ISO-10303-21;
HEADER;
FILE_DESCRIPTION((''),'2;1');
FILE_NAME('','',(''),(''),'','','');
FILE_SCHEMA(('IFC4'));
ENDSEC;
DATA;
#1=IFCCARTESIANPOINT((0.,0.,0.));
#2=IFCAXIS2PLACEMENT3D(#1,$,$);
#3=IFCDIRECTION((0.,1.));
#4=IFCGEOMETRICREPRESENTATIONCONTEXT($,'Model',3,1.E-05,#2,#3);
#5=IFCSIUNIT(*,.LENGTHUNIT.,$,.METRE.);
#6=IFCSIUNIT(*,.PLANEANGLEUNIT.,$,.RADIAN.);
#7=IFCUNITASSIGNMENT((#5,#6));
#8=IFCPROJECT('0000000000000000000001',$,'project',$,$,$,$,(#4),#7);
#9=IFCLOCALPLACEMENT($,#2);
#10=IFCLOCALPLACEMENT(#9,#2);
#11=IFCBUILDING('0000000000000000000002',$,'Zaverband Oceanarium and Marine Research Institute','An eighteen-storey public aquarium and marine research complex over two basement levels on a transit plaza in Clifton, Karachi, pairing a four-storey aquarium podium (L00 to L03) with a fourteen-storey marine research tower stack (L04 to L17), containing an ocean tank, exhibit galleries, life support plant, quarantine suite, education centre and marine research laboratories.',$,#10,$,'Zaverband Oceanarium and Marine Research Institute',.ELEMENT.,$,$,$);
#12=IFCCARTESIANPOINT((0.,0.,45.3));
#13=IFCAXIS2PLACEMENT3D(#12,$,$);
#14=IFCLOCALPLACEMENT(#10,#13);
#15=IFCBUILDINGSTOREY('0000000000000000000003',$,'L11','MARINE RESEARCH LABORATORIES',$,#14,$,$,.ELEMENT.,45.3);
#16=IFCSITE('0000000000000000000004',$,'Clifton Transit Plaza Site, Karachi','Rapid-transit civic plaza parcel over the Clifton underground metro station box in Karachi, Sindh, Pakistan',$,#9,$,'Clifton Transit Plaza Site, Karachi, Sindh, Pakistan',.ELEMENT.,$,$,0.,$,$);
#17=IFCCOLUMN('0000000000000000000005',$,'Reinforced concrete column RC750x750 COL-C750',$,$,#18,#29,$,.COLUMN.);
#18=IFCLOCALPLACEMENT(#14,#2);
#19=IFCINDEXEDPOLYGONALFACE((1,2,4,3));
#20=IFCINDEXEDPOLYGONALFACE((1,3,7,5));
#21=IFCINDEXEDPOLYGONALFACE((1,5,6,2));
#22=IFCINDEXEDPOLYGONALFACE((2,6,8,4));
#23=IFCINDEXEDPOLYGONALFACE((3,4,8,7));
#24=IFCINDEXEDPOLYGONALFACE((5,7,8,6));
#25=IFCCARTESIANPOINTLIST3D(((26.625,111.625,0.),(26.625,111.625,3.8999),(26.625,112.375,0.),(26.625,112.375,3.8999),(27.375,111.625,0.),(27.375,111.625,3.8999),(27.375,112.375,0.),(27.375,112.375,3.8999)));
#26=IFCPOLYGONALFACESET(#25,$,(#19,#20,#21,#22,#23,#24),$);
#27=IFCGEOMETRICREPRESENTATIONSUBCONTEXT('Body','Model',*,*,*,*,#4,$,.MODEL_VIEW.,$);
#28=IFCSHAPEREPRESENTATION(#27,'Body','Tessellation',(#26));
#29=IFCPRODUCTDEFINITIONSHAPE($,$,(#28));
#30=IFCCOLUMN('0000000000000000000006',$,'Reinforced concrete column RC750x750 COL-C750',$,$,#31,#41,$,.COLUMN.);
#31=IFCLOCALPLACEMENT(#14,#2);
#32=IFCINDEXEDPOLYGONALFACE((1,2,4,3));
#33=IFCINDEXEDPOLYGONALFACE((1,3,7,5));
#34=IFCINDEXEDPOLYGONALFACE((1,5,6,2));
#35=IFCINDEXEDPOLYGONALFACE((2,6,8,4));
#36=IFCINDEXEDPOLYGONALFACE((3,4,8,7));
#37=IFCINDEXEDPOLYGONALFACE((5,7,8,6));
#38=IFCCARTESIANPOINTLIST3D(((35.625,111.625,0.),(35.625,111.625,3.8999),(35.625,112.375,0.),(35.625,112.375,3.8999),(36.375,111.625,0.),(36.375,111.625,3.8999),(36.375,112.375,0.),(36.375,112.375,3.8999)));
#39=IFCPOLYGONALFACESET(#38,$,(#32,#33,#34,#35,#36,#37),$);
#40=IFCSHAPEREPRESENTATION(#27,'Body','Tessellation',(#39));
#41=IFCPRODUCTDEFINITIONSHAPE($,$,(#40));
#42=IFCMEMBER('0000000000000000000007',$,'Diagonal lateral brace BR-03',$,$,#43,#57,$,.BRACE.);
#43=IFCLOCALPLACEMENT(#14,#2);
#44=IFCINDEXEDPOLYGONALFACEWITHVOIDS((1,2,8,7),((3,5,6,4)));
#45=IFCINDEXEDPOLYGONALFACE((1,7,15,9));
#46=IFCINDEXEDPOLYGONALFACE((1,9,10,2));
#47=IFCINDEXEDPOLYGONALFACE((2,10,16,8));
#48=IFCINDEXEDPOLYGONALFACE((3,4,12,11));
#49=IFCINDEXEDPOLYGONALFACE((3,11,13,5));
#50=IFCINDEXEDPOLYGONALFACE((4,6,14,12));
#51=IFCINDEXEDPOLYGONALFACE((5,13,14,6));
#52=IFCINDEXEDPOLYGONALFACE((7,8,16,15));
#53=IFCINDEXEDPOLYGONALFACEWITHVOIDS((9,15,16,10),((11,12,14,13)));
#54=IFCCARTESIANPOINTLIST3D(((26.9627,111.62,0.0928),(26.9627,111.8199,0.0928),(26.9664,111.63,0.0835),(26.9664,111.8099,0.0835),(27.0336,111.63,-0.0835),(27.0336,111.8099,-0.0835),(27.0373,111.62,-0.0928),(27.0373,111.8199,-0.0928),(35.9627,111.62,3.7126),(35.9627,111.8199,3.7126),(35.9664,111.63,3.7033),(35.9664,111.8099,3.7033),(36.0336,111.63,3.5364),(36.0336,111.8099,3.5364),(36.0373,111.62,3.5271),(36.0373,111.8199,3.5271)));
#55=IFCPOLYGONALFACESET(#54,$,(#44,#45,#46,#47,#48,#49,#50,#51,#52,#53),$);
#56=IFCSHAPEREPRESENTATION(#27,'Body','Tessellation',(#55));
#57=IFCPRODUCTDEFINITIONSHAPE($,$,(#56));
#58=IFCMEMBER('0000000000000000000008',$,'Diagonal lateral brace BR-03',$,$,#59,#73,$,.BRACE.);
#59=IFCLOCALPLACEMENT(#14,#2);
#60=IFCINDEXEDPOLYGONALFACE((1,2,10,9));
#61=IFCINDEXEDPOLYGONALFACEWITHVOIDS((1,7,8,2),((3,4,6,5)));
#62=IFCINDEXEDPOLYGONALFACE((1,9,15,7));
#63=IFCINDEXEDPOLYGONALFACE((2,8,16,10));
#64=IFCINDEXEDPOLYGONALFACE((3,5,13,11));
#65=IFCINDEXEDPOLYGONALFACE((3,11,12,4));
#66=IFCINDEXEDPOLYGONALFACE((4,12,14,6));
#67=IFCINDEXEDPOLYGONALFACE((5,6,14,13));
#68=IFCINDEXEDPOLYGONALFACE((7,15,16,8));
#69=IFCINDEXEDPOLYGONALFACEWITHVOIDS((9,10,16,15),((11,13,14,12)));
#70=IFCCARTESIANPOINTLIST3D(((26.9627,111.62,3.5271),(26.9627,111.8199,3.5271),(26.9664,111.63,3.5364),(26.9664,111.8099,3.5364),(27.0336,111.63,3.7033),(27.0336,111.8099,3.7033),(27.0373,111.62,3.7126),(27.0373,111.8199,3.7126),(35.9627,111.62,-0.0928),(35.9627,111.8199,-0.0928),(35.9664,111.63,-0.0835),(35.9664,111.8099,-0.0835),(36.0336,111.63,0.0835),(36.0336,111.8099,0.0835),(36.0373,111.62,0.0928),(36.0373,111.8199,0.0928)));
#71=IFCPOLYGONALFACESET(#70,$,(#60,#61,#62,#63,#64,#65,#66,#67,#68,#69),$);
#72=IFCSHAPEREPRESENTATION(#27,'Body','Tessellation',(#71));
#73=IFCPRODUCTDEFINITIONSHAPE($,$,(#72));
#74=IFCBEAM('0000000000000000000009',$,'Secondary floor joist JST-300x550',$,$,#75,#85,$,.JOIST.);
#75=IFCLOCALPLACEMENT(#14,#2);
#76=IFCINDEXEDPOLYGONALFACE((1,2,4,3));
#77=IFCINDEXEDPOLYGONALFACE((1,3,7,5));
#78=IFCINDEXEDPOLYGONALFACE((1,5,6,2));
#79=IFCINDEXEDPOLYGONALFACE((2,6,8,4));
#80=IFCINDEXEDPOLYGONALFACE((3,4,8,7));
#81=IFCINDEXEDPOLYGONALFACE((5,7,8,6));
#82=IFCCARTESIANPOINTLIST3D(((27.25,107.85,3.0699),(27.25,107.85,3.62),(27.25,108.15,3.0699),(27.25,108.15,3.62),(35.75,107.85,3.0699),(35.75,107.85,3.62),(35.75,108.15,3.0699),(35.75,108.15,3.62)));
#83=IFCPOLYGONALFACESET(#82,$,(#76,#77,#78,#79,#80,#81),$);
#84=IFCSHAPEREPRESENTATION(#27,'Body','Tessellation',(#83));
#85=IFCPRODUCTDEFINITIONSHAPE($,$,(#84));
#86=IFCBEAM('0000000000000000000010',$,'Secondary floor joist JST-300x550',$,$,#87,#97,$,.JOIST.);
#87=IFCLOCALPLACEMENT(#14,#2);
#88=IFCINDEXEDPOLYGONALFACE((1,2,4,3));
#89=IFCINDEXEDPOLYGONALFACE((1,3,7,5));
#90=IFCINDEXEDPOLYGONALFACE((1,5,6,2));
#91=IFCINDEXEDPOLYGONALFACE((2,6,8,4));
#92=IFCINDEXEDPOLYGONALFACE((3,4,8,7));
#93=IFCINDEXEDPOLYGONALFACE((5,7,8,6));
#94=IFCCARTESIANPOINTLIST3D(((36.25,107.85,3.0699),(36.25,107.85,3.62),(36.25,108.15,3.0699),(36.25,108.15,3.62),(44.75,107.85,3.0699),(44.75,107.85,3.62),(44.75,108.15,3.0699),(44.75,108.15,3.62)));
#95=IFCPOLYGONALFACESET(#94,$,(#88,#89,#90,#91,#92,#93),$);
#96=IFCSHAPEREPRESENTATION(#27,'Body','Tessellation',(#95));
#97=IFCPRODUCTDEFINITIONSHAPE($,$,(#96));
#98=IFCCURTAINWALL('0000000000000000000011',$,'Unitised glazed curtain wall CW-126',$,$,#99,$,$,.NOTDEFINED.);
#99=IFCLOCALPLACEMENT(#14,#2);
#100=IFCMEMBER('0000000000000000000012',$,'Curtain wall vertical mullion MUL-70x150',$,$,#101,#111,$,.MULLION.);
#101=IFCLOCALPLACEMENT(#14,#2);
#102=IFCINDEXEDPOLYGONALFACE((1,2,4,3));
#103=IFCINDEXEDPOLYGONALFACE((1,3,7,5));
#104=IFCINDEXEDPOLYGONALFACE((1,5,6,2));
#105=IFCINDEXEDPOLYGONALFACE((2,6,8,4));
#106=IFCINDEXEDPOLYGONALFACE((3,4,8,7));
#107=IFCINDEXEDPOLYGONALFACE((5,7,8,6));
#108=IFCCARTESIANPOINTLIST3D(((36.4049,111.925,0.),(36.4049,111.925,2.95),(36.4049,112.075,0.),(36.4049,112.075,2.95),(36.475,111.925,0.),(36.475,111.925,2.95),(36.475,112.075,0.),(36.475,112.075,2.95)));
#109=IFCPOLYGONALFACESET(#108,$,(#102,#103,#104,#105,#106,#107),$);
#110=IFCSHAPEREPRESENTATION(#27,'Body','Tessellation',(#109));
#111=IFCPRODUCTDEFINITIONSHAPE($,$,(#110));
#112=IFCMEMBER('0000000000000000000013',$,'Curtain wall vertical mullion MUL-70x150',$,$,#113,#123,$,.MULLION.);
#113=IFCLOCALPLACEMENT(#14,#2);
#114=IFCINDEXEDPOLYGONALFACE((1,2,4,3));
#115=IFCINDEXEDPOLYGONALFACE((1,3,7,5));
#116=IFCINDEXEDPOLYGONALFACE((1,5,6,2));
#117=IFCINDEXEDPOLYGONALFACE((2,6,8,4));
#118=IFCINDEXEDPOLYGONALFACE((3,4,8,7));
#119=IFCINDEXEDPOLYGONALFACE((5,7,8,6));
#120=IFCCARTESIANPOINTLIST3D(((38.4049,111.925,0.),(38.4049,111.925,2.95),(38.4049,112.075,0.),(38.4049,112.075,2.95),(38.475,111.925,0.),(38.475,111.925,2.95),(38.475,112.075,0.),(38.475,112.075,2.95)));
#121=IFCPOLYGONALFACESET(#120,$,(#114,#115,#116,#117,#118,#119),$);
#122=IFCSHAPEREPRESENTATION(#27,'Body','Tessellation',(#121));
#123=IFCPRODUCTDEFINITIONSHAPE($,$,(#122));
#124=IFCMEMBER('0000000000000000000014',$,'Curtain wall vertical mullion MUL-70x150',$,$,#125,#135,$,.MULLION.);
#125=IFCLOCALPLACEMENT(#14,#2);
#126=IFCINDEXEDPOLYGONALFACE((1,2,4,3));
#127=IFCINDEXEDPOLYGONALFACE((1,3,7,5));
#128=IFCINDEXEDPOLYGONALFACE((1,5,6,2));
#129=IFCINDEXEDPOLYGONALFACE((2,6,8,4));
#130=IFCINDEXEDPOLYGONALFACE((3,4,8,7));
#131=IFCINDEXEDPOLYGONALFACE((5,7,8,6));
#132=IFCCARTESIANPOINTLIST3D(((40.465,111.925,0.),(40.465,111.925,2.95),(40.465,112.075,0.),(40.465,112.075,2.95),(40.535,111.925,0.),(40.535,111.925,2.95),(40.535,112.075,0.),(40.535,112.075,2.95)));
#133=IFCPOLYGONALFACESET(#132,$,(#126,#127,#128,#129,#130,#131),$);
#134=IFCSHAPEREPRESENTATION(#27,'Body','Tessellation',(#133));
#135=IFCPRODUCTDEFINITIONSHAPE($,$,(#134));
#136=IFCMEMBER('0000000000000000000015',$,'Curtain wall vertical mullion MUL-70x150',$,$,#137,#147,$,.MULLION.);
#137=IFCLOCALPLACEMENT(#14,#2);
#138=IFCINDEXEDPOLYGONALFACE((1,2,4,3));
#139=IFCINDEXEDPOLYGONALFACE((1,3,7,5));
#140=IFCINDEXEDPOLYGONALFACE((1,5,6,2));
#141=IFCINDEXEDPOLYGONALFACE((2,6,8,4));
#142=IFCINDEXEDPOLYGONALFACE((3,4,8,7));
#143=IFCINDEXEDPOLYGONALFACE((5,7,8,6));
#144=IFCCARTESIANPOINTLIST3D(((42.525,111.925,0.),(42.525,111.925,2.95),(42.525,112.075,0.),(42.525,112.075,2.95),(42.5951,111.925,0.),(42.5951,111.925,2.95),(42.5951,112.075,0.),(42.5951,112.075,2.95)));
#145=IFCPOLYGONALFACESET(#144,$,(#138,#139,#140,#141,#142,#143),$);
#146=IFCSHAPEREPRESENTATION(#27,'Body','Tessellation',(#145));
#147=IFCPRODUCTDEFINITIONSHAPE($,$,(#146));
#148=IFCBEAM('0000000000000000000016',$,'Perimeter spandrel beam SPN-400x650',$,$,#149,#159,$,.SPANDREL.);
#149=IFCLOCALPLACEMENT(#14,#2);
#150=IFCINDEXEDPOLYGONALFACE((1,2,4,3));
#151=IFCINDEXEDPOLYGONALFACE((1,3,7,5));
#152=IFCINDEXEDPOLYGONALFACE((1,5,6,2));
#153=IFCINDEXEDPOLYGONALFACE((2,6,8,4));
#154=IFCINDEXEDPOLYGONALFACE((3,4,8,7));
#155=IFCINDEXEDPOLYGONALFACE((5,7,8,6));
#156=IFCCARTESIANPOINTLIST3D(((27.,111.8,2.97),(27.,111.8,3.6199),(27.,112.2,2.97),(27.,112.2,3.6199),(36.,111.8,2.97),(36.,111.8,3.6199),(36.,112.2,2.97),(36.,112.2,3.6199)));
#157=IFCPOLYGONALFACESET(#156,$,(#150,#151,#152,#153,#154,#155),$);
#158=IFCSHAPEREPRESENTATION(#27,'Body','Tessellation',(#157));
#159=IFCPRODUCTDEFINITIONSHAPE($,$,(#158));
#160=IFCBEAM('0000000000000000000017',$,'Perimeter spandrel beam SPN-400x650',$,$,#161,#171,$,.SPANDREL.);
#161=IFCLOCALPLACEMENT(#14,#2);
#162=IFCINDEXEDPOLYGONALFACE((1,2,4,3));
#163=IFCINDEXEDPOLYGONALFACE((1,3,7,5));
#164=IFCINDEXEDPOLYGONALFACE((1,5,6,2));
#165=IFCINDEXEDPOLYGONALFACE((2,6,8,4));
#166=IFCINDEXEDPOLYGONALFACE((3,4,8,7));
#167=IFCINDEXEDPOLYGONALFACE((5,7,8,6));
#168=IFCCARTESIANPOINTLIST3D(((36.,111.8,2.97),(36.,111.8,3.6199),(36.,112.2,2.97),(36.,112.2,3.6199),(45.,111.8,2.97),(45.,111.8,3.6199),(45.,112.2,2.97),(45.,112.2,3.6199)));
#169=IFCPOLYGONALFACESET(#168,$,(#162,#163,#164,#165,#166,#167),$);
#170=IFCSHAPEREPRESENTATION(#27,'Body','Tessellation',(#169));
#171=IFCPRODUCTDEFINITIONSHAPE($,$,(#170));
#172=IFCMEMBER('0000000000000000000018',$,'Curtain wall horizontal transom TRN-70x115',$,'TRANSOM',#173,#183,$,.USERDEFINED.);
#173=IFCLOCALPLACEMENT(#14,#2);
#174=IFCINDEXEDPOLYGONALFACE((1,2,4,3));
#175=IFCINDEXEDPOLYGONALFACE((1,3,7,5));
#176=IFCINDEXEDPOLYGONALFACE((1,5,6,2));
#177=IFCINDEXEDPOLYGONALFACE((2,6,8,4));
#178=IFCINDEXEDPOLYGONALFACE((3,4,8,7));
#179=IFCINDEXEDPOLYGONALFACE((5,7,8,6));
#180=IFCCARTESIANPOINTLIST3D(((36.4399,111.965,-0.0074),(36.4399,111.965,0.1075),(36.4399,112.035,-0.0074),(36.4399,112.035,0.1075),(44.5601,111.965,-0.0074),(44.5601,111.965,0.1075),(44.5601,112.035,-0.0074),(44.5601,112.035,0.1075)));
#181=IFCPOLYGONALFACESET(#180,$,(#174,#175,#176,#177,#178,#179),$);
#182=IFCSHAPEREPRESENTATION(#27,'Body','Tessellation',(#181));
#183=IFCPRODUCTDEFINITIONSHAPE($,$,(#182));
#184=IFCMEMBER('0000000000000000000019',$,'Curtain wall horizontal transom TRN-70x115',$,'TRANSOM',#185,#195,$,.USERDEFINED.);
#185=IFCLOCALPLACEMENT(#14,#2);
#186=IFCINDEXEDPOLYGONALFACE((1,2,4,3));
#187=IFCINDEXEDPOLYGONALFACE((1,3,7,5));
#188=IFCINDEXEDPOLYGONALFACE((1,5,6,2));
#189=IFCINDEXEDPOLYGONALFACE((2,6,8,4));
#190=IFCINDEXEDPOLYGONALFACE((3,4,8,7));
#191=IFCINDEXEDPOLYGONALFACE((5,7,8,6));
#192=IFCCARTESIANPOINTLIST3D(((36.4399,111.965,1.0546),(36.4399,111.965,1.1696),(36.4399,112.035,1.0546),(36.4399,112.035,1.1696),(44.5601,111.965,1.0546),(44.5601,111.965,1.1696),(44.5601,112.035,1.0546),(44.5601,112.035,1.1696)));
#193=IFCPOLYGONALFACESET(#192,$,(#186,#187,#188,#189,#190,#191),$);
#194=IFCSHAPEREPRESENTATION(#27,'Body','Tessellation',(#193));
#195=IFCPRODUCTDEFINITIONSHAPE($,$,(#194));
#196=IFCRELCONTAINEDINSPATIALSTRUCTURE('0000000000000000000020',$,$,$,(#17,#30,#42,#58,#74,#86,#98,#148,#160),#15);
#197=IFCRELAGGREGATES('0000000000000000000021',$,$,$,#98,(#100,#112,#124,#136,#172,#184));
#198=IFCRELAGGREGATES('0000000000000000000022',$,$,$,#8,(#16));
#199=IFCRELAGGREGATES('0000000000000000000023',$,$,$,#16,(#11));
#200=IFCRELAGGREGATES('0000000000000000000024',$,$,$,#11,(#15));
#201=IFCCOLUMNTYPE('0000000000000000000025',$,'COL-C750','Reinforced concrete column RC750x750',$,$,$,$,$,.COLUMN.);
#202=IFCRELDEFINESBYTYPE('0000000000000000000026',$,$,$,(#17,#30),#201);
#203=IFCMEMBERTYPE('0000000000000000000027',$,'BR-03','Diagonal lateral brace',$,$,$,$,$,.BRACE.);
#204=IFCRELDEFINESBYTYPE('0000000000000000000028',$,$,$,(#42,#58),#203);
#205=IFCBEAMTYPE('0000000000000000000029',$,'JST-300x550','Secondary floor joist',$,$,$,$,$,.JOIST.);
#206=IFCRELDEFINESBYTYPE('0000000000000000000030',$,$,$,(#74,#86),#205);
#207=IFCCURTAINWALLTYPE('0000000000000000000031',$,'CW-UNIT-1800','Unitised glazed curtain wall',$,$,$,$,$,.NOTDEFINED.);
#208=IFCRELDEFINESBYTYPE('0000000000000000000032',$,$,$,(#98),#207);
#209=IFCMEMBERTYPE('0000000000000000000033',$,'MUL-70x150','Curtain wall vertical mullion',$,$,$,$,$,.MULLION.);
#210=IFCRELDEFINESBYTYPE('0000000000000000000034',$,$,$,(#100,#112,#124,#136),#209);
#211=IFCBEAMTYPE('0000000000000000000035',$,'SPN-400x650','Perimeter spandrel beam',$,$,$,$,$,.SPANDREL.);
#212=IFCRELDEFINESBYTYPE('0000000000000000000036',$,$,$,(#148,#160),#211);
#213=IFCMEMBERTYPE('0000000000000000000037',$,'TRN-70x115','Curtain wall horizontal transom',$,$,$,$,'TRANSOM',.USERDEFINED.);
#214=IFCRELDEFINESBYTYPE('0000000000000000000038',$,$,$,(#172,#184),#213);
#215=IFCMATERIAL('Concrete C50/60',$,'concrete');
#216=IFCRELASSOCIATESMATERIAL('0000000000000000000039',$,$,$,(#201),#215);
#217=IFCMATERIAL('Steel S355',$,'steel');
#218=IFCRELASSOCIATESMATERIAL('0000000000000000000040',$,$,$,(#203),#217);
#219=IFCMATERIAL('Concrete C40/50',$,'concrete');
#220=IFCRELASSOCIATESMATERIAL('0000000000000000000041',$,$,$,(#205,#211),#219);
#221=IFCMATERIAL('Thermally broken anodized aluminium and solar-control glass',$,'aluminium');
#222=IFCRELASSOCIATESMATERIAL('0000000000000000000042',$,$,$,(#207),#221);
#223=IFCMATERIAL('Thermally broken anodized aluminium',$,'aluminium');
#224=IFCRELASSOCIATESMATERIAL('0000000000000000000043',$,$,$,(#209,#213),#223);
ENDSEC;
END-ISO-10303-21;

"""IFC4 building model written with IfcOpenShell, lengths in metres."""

from ifc_helpers import new_model, si_unit, direction, frame, origin, origin_2d, place, context, subcontext, project, spatial, rectangle, hollow_rectangle, extrude, material, material_profile, profile_set, type_object, element, aggregate, save


model = new_model("IFC4")

# Units and contexts
model_context = context("Model", 3, precision=1e-05, world=origin(), true_north=direction((0.0, 1.0)))
body_context = subcontext(model_context, "Body", "Model", "MODEL_VIEW")
ifc_project = project(units=[si_unit("LENGTHUNIT", "METRE"), si_unit("PLANEANGLEUNIT", "RADIAN")], contexts=[model_context])

# Site, building, storey
site_placement = place(None, origin())
site = spatial("IfcSite", under=ifc_project, at=site_placement, Name="Clifton Transit Plaza Site, Karachi", Description="Rapid-transit civic plaza parcel over the Clifton underground metro station box in Karachi, Sindh, Pakistan", LongName="Clifton Transit Plaza Site, Karachi, Sindh, Pakistan", CompositionType="ELEMENT", RefElevation=0.0)
building_placement = place(site_placement, origin())
building = spatial("IfcBuilding", under=site, at=building_placement, Name="Zaverband Oceanarium and Marine Research Institute", Description="An eighteen-storey public aquarium and marine research complex over two basement levels on a transit plaza in Clifton, Karachi, pairing a four-storey aquarium podium (L00 to L03) with a fourteen-storey marine research tower stack (L04 to L17), containing an ocean tank, exhibit galleries, life support plant, quarantine suite, education centre and marine research laboratories.", LongName="Zaverband Oceanarium and Marine Research Institute", CompositionType="ELEMENT")
storey_placement = place(building_placement, frame((0.0, 0.0, 45.3)))
storey = spatial("IfcBuildingStorey", under=building, at=storey_placement, Name="L11", Description="MARINE RESEARCH LABORATORIES", CompositionType="ELEMENT", Elevation=45.3)

# Columns
ifc_material_1 = material(Name="Concrete C50/60", Category="concrete")
ifc_material_profile_1 = material_profile(ifc_material_1, rectangle(XDim=0.75, YDim=0.75, at=origin_2d()), Name="RC750x750")
ifc_profile_set_1 = profile_set([ifc_material_profile_1], Name="Concrete C50/60")
column_type = type_object("IfcColumnType", Name="COL-C750", Description="Reinforced concrete column RC750x750", PredefinedType="COLUMN", material=ifc_profile_set_1)
for number, where, z_axis, x_axis, name in (
    (1, (27.0, 112.0, 0.0), (0.0, 0.0, 1.0), (1.0, 0.0, 0.0), "Reinforced concrete column RC750x750 COL-C750"),
    (2, (36.0, 112.0, 0.0), (0.0, 0.0, 1.0), (1.0, 0.0, 0.0), "Reinforced concrete column RC750x750 COL-C750"),
):
    element("IfcColumn", number, at=place(storey_placement, frame(where, z_axis=z_axis, x_axis=x_axis)), inside=storey, type_object=column_type, Name=name, PredefinedType="COLUMN", context=body_context, shape_type="SweptSolid", body=[
        extrude(rectangle(XDim=0.75, YDim=0.75, at=origin_2d()), origin(), (0.0, 0.0, 1.0), 3.8999),
    ])

# Members
ifc_material_2 = material(Name="Steel S355", Category="steel")
ifc_material_profile_2 = material_profile(ifc_material_2, hollow_rectangle(XDim=0.2, YDim=0.2, WallThickness=0.01, at=origin_2d()), Name="SHS200x200x10")
ifc_profile_set_2 = profile_set([ifc_material_profile_2], Name="Steel S355")
member_type_1 = type_object("IfcMemberType", Name="BR-03", Description="Diagonal lateral brace", PredefinedType="BRACE", material=ifc_profile_set_2)
for number, where, z_axis, x_axis, name in (
    (3, (27.0, 111.72, 0.0), (0.927769, 0.0, 0.373156), (0.0, 1.0, 0.0), "Diagonal lateral brace BR-03"),
    (4, (36.0, 111.72, 0.0), (-0.927769, 0.0, 0.373156), (0.0, -1.0, 0.0), "Diagonal lateral brace BR-03"),
):
    element("IfcMember", number, at=place(storey_placement, frame(where, z_axis=z_axis, x_axis=x_axis)), inside=storey, type_object=member_type_1, Name=name, PredefinedType="BRACE", context=body_context, shape_type="SweptSolid", body=[
        extrude(hollow_rectangle(XDim=0.2, YDim=0.2, WallThickness=0.01, at=origin_2d()), origin(), (0.0, 0.0, 1.0), 9.7007),
    ])

# Beams
ifc_material_3 = material(Name="Concrete C40/50", Category="concrete")
ifc_material_profile_3 = material_profile(ifc_material_3, rectangle(XDim=0.3, YDim=0.55, at=origin_2d()), Name="RC300x550")
ifc_profile_set_3 = profile_set([ifc_material_profile_3], Name="Concrete C40/50")
beam_type_1 = type_object("IfcBeamType", Name="JST-300x550", Description="Secondary floor joist", PredefinedType="JOIST", material=ifc_profile_set_3)
for number, where, z_axis, x_axis, name in (
    (5, (27.25, 108.0, 3.345), (1.0, 0.0, 0.0), (0.0, 1.0, 0.0), "Secondary floor joist JST-300x550"),
    (6, (36.25, 108.0, 3.345), (1.0, 0.0, 0.0), (0.0, 1.0, 0.0), "Secondary floor joist JST-300x550"),
):
    element("IfcBeam", number, at=place(storey_placement, frame(where, z_axis=z_axis, x_axis=x_axis)), inside=storey, type_object=beam_type_1, Name=name, PredefinedType="JOIST", context=body_context, shape_type="SweptSolid", body=[
        extrude(rectangle(XDim=0.3, YDim=0.55, at=origin_2d()), origin(), (0.0, 0.0, 1.0), 8.5),
    ])

# Curtain wall, members
ifc_material_4 = material(Name="Thermally broken anodized aluminium and solar-control glass", Category="aluminium")
curtain_wall_type = type_object("IfcCurtainWallType", Name="CW-UNIT-1800", Description="Unitised glazed curtain wall", PredefinedType="NOTDEFINED", material=ifc_material_4)
curtain_wall_placement = place(storey_placement, origin())
curtain_wall = element("IfcCurtainWall", 7, at=curtain_wall_placement, inside=storey, type_object=curtain_wall_type, Name="Unitised glazed curtain wall CW-126", PredefinedType="NOTDEFINED")
ifc_material_5 = material(Name="Thermally broken anodized aluminium", Category="aluminium")
ifc_material_profile_4 = material_profile(ifc_material_5, rectangle(XDim=0.0701, YDim=0.1499, at=origin_2d()), Name="AL-MUL-70x150")
ifc_profile_set_4 = profile_set([ifc_material_profile_4], Name="Thermally broken anodized aluminium")
member_type_2 = type_object("IfcMemberType", Name="MUL-70x150", Description="Curtain wall vertical mullion", PredefinedType="MULLION", material=ifc_profile_set_4)
member_1_placement = place(storey_placement, frame((36.4399, 112.0, 0.0), z_axis=(0.0, 0.0, 1.0), x_axis=(1.0, 0.0, 0.0)))
member_1 = element("IfcMember", 8, at=member_1_placement, type_object=member_type_2, Name="Curtain wall vertical mullion MUL-70x150", PredefinedType="MULLION", context=body_context, shape_type="SweptSolid", body=[
    extrude(rectangle(XDim=0.0701, YDim=0.1499, at=origin_2d()), origin(), (0.0, 0.0, 1.0), 2.95),
])
member_2_placement = place(storey_placement, frame((38.4399, 112.0, 0.0), z_axis=(0.0, 0.0, 1.0), x_axis=(1.0, 0.0, 0.0)))
member_2 = element("IfcMember", 9, at=member_2_placement, type_object=member_type_2, Name="Curtain wall vertical mullion MUL-70x150", PredefinedType="MULLION", context=body_context, shape_type="SweptSolid", body=[
    extrude(rectangle(XDim=0.0701, YDim=0.1499, at=origin_2d()), origin(), (0.0, 0.0, 1.0), 2.95),
])
member_3_placement = place(storey_placement, frame((40.5, 112.0, 0.0), z_axis=(0.0, 0.0, 1.0), x_axis=(1.0, 0.0, 0.0)))
member_3 = element("IfcMember", 10, at=member_3_placement, type_object=member_type_2, Name="Curtain wall vertical mullion MUL-70x150", PredefinedType="MULLION", context=body_context, shape_type="SweptSolid", body=[
    extrude(rectangle(XDim=0.0701, YDim=0.1499, at=origin_2d()), origin(), (0.0, 0.0, 1.0), 2.95),
])
member_4_placement = place(storey_placement, frame((42.5601, 112.0, 0.0), z_axis=(0.0, 0.0, 1.0), x_axis=(1.0, 0.0, 0.0)))
member_4 = element("IfcMember", 11, at=member_4_placement, type_object=member_type_2, Name="Curtain wall vertical mullion MUL-70x150", PredefinedType="MULLION", context=body_context, shape_type="SweptSolid", body=[
    extrude(rectangle(XDim=0.0701, YDim=0.1499, at=origin_2d()), origin(), (0.0, 0.0, 1.0), 2.95),
])

# Beams
ifc_material_profile_5 = material_profile(ifc_material_3, rectangle(XDim=0.3999, YDim=0.6499, at=origin_2d()), Name="RC400x650")
ifc_profile_set_5 = profile_set([ifc_material_profile_5], Name="Concrete C40/50")
beam_type_2 = type_object("IfcBeamType", Name="SPN-400x650", Description="Perimeter spandrel beam", PredefinedType="SPANDREL", material=ifc_profile_set_5)
for number, where, z_axis, x_axis, name in (
    (12, (27.0, 112.0, 3.2949), (1.0, 0.0, 0.0), (0.0, 1.0, 0.0), "Perimeter spandrel beam SPN-400x650"),
    (13, (36.0, 112.0, 3.2949), (1.0, 0.0, 0.0), (0.0, 1.0, 0.0), "Perimeter spandrel beam SPN-400x650"),
):
    element("IfcBeam", number, at=place(storey_placement, frame(where, z_axis=z_axis, x_axis=x_axis)), inside=storey, type_object=beam_type_2, Name=name, PredefinedType="SPANDREL", context=body_context, shape_type="SweptSolid", body=[
        extrude(rectangle(XDim=0.3999, YDim=0.6499, at=origin_2d()), origin(), (0.0, 0.0, 1.0), 9.0),
    ])

# Members
ifc_material_profile_6 = material_profile(ifc_material_5, rectangle(XDim=0.0701, YDim=0.115, at=origin_2d()), Name="AL-TRN-70x115")
ifc_profile_set_6 = profile_set([ifc_material_profile_6], Name="Thermally broken anodized aluminium")
member_type_3 = type_object("IfcMemberType", Name="TRN-70x115", Description="Curtain wall horizontal transom", ElementType="TRANSOM", PredefinedType="USERDEFINED", material=ifc_profile_set_6)
member_5_placement = place(storey_placement, frame((36.4399, 112.0, 0.05), z_axis=(1.0, 0.0, 0.0), x_axis=(0.0, 1.0, 0.0)))
member_5 = element("IfcMember", 14, at=member_5_placement, type_object=member_type_3, Name="Curtain wall horizontal transom TRN-70x115", ObjectType="TRANSOM", PredefinedType="USERDEFINED", context=body_context, shape_type="SweptSolid", body=[
    extrude(rectangle(XDim=0.0701, YDim=0.115, at=origin_2d()), origin(), (0.0, 0.0, 1.0), 8.1201),
])
member_6_placement = place(storey_placement, frame((36.4399, 112.0, 1.1121), z_axis=(1.0, 0.0, 0.0), x_axis=(0.0, 1.0, 0.0)))
member_6 = element("IfcMember", 15, at=member_6_placement, type_object=member_type_3, Name="Curtain wall horizontal transom TRN-70x115", ObjectType="TRANSOM", PredefinedType="USERDEFINED", context=body_context, shape_type="SweptSolid", body=[
    extrude(rectangle(XDim=0.0701, YDim=0.115, at=origin_2d()), origin(), (0.0, 0.0, 1.0), 8.1201),
])

aggregate(curtain_wall, [member_1, member_2, member_3, member_4, member_5, member_6])

save(model, "model.ifc")
